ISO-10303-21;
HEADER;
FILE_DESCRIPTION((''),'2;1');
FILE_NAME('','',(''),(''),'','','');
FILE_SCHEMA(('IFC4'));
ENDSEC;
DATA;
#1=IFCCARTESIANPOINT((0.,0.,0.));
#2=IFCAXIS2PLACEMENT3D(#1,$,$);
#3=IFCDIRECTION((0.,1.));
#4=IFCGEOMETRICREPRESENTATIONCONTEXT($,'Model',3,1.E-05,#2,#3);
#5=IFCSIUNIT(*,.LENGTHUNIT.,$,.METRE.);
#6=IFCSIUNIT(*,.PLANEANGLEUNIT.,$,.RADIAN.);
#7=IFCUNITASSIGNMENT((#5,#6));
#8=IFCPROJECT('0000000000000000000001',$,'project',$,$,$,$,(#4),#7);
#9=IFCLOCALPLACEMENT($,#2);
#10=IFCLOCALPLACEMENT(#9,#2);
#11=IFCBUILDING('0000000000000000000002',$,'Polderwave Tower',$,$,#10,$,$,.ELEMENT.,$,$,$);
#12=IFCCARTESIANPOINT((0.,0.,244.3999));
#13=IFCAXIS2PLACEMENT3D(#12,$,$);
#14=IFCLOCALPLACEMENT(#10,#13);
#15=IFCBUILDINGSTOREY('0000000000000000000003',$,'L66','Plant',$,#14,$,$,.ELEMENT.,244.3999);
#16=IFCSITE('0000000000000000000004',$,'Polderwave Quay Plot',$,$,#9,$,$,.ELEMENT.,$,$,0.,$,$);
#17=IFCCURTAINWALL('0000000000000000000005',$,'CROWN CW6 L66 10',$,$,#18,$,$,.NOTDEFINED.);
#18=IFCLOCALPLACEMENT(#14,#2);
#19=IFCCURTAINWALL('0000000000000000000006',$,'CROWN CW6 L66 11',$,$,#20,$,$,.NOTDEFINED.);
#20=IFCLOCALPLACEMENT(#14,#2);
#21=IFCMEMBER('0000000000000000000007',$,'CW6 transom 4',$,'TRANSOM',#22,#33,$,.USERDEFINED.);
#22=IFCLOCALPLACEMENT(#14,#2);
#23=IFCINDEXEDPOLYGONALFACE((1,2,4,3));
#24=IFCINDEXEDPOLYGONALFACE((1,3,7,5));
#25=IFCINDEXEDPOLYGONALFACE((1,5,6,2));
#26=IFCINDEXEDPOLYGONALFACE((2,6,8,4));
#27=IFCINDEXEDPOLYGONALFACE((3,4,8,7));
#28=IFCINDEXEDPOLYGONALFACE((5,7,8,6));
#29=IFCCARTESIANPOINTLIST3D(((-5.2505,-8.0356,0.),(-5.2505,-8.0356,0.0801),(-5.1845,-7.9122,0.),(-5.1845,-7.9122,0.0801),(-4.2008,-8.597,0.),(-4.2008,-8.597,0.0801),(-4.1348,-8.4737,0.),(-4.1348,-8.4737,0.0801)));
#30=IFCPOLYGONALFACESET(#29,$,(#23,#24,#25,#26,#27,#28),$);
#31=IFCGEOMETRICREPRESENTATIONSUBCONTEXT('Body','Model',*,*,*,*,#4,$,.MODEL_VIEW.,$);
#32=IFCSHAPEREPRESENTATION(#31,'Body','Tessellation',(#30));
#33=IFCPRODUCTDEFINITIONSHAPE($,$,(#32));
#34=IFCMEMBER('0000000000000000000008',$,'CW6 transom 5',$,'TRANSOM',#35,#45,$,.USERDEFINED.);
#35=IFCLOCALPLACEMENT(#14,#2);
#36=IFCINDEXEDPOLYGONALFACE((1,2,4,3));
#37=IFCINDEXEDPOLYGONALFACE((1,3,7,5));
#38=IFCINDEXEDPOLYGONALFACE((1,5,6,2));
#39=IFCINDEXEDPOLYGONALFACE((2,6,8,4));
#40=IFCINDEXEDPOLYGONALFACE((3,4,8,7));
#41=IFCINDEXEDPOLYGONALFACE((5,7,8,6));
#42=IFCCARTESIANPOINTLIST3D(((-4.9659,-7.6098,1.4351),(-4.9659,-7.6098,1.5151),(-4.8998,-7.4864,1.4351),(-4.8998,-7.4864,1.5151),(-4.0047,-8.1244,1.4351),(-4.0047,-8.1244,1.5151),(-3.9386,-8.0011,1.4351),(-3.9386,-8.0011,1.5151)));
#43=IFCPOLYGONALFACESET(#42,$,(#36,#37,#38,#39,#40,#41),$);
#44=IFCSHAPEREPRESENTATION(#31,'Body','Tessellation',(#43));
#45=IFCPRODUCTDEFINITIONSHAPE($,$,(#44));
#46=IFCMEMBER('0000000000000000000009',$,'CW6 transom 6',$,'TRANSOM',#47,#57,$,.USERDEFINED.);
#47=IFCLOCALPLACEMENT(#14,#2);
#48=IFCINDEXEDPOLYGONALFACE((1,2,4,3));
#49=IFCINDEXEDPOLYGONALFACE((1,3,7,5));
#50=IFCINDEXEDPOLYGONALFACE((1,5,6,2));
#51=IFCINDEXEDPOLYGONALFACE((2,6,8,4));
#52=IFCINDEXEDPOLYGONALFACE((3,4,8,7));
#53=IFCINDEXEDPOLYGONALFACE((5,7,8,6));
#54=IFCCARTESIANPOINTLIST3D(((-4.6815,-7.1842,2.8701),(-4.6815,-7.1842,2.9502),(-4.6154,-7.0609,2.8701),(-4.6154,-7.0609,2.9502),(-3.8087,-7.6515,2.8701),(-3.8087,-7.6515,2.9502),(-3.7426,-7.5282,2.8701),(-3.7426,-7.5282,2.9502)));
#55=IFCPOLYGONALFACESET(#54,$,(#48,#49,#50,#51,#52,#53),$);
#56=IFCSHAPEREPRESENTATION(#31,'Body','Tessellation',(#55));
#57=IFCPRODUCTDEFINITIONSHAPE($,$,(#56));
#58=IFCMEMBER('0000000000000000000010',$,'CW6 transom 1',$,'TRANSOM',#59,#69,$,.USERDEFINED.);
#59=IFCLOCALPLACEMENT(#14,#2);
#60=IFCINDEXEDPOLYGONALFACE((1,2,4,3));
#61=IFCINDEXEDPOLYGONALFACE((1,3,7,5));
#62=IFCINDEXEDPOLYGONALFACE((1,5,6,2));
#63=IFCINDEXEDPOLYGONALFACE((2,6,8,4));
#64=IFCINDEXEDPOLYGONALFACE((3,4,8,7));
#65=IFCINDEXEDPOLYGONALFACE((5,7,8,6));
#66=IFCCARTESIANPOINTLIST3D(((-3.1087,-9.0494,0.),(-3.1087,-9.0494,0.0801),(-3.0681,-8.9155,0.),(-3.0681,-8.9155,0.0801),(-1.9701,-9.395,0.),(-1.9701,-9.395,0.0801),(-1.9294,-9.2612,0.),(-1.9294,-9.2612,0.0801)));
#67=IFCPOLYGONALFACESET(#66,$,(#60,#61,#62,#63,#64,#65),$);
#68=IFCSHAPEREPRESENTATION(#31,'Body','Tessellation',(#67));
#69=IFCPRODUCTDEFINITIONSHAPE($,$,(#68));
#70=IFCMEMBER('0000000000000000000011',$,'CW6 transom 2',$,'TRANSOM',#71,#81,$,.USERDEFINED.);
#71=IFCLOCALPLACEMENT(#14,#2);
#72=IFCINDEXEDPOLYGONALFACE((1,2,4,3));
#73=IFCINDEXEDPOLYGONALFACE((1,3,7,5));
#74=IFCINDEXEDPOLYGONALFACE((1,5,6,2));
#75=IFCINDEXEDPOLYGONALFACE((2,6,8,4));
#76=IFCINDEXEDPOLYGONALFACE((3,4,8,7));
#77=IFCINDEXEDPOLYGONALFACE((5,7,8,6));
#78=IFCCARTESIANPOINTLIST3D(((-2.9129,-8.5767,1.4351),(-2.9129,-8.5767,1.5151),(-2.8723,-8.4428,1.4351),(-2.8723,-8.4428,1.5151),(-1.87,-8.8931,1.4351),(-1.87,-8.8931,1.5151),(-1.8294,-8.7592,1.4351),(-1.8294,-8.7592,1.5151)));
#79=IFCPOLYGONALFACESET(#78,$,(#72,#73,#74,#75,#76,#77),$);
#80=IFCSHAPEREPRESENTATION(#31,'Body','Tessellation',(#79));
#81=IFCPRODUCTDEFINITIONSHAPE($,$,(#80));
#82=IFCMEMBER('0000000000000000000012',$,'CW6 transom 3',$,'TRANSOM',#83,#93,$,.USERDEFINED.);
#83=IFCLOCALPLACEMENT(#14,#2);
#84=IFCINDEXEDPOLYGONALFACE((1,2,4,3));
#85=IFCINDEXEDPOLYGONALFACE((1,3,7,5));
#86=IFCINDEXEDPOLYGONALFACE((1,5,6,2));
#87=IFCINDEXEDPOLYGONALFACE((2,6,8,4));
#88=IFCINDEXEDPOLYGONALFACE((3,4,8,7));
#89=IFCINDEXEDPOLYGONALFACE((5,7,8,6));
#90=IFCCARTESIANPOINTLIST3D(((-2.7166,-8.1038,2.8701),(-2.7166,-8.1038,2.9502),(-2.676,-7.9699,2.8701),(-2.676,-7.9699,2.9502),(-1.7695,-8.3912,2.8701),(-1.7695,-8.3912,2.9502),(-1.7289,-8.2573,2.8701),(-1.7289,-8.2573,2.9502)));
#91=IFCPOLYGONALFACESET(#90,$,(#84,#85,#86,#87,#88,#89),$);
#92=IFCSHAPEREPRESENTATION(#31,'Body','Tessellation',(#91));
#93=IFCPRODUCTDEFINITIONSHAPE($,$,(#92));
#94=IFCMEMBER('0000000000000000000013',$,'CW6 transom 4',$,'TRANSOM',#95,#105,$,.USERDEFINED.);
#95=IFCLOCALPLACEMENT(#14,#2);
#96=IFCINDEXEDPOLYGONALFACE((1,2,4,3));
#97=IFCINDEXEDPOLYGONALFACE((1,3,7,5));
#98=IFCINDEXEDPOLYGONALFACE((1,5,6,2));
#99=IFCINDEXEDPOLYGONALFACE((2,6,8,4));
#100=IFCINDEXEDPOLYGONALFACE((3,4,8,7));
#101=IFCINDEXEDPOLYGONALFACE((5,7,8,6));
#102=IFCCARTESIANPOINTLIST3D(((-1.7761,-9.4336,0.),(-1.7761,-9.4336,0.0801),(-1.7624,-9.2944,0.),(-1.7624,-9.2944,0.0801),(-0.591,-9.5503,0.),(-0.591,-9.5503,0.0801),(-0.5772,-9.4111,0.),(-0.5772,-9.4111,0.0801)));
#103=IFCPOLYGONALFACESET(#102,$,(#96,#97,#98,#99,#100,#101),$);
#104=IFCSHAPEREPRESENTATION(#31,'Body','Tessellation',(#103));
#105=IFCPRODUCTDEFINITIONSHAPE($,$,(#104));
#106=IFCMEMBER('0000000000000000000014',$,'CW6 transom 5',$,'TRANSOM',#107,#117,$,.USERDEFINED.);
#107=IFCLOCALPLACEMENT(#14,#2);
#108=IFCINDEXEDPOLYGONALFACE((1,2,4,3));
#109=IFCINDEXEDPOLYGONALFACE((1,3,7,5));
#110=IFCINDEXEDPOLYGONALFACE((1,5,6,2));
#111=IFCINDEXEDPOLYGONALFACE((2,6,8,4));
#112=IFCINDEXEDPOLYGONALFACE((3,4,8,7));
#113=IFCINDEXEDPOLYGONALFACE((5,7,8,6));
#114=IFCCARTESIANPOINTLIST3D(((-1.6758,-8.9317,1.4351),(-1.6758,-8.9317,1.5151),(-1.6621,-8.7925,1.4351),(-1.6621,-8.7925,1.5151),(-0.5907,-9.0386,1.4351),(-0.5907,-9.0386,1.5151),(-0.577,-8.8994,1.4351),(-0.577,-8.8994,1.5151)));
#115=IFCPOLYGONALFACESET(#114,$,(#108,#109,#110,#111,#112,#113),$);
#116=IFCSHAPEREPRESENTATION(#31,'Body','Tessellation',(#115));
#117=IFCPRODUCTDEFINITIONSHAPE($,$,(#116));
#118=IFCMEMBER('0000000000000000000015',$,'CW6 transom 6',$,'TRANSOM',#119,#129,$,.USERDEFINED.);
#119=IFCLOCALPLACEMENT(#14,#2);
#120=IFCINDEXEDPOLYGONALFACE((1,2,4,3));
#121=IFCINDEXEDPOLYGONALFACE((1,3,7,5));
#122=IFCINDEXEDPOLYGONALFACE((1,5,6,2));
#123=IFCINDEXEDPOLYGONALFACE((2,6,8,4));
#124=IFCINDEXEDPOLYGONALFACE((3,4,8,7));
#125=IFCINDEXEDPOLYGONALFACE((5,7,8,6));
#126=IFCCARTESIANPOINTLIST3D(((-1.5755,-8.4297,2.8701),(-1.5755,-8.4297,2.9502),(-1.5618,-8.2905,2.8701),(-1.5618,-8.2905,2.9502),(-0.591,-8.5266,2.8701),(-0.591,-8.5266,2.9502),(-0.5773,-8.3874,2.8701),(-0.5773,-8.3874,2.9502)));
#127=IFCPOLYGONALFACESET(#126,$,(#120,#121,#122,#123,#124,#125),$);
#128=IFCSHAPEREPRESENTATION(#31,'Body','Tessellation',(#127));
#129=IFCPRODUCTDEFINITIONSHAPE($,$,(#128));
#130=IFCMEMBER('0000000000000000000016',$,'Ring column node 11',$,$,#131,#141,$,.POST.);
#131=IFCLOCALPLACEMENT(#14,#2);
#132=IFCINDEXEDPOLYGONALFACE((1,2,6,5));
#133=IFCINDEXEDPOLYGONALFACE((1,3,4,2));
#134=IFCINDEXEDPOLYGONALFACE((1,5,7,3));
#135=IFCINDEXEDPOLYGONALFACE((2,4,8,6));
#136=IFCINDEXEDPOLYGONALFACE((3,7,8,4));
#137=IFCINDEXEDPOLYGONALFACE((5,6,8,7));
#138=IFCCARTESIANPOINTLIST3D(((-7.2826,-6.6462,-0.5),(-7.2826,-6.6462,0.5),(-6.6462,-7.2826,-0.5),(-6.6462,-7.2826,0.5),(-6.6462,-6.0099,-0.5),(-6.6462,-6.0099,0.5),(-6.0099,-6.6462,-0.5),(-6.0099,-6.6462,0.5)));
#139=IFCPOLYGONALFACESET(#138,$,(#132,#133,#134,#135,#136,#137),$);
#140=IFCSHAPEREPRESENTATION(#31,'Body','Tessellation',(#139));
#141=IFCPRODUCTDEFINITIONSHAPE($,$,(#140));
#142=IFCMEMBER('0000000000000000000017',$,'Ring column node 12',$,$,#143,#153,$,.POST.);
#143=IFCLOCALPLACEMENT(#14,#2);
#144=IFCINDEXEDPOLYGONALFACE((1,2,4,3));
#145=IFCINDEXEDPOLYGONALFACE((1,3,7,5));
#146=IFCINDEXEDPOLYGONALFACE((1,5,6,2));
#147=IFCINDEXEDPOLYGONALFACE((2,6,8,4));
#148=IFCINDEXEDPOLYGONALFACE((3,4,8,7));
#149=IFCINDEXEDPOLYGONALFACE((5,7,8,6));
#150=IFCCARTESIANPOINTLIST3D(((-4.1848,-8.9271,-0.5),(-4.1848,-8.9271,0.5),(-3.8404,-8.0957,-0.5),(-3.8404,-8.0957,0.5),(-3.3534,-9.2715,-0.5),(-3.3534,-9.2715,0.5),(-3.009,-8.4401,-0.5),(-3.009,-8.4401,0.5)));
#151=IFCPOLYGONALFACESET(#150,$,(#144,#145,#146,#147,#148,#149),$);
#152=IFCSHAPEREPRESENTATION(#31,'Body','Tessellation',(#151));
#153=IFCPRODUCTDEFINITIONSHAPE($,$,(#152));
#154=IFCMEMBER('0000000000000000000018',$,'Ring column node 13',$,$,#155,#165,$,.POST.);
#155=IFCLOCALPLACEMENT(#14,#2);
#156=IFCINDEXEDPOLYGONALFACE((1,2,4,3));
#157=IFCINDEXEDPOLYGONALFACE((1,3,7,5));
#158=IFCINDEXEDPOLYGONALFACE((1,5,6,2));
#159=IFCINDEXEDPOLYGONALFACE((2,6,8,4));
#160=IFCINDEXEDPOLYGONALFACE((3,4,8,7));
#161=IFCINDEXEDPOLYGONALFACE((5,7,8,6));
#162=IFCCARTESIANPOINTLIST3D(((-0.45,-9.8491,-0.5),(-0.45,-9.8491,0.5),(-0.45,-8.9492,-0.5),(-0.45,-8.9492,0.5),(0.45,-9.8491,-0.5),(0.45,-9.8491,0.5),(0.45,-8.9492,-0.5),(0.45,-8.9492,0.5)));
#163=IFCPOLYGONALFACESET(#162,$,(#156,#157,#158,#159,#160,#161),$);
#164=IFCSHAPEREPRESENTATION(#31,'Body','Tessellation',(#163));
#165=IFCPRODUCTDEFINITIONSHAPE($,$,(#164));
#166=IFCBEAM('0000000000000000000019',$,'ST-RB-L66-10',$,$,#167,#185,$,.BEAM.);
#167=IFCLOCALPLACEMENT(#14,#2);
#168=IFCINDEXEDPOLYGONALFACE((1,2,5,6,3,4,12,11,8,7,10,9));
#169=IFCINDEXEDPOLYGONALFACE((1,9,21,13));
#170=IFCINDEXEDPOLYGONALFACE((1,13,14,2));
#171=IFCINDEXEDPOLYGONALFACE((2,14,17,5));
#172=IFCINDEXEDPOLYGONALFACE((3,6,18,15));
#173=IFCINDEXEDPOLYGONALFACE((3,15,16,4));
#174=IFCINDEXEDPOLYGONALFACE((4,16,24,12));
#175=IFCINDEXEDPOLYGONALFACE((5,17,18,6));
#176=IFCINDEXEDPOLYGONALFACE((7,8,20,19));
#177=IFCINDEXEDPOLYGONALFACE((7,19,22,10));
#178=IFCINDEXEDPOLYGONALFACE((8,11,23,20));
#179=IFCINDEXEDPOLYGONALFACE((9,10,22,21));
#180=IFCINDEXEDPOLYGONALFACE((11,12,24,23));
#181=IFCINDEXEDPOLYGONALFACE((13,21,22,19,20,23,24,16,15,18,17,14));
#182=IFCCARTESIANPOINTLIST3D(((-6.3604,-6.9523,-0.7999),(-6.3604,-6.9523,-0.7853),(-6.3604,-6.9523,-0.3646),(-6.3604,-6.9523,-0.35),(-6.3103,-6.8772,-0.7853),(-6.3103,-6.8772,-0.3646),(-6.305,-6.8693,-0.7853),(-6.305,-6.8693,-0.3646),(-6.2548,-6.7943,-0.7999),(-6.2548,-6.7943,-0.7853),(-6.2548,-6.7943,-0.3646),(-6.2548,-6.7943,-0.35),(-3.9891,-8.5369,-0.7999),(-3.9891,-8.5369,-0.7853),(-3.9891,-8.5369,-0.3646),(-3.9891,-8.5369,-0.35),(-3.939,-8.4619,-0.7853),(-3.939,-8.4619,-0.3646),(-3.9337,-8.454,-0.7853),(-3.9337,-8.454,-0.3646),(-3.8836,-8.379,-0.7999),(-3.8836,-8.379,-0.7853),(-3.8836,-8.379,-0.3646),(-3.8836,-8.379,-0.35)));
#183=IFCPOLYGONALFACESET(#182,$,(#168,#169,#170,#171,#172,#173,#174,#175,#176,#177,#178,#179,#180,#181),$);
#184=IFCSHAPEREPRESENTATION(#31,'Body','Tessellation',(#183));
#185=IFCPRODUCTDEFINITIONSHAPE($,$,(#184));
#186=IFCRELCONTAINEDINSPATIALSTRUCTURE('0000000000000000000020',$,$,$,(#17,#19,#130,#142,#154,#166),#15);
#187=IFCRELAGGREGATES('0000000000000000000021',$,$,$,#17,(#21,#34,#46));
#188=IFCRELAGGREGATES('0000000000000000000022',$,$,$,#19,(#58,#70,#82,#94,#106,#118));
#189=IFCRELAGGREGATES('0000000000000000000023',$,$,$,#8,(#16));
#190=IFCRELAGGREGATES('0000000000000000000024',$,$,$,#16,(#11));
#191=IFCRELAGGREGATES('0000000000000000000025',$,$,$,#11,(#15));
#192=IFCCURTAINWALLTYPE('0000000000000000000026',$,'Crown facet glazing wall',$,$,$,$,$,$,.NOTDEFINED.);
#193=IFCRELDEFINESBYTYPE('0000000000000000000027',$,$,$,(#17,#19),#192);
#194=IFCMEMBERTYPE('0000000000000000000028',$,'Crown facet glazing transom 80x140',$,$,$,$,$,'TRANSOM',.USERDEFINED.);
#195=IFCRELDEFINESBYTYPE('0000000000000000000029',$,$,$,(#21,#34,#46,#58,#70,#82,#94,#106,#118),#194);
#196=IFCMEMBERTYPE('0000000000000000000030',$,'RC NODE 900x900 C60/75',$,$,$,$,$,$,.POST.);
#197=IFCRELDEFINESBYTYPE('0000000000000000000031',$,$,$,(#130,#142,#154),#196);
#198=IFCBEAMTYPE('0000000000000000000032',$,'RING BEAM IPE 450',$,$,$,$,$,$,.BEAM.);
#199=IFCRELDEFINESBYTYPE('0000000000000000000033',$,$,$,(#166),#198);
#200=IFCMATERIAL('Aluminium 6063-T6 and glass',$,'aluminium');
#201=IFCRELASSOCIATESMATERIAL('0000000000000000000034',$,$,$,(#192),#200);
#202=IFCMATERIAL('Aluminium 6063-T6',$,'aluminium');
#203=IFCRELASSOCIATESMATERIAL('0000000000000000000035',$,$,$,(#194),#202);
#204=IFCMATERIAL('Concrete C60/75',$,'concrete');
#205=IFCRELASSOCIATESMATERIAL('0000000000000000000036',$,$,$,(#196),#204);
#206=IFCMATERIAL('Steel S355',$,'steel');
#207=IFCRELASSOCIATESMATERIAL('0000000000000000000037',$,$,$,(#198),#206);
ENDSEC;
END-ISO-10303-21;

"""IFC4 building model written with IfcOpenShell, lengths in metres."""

from ifc_helpers import new_model, si_unit, direction, frame, origin, origin_2d, place, context, subcontext, project, spatial, rectangle, i_section, extrude, material, material_profile, profile_set, type_object, element, aggregate, save


model = new_model("IFC4")

# Units and contexts
model_context = context("Model", 3, precision=1e-05, world=origin(), true_north=direction((0.0, 1.0)))
body_context = subcontext(model_context, "Body", "Model", "MODEL_VIEW")
ifc_project = project(units=[si_unit("LENGTHUNIT", "METRE"), si_unit("PLANEANGLEUNIT", "RADIAN")], contexts=[model_context])

# Site, building, storey
site_placement = place(None, origin())
site = spatial("IfcSite", under=ifc_project, at=site_placement, Name="Polderwave Quay Plot", CompositionType="ELEMENT", RefElevation=0.0)
building_placement = place(site_placement, origin())
building = spatial("IfcBuilding", under=site, at=building_placement, Name="Polderwave Tower", CompositionType="ELEMENT")
storey_placement = place(building_placement, frame((0.0, 0.0, 244.3999)))
storey = spatial("IfcBuildingStorey", under=building, at=storey_placement, Name="L66", Description="Plant", CompositionType="ELEMENT", Elevation=244.3999)

# Shared definitions
ifc_material_1 = material(Name="Concrete C60/75", Category="concrete")

# Shared definitions
ifc_material_2 = material(Name="Aluminium 6063-T6 and glass", Category="aluminium")
curtain_wall_type = type_object("IfcCurtainWallType", Name="Crown facet glazing wall", PredefinedType="NOTDEFINED", material=ifc_material_2)
ifc_material_3 = material(Name="Aluminium 6063-T6", Category="aluminium")

# Curtain walls
curtain_wall_1_placement = place(storey_placement, origin())
curtain_wall_1 = element("IfcCurtainWall", 1, at=curtain_wall_1_placement, inside=storey, type_object=curtain_wall_type, Name="CROWN CW6 L66 10", PredefinedType="NOTDEFINED")
curtain_wall_2_placement = place(storey_placement, origin())
curtain_wall_2 = element("IfcCurtainWall", 2, at=curtain_wall_2_placement, inside=storey, type_object=curtain_wall_type, Name="CROWN CW6 L66 11", PredefinedType="NOTDEFINED")

# Members
ifc_material_profile_1 = material_profile(ifc_material_3, rectangle(XDim=0.1399, YDim=0.0801, at=origin_2d()), Name="AL 80x140")
ifc_profile_set_1 = profile_set([ifc_material_profile_1], Name="Aluminium 6063-T6")
member_type_1 = type_object("IfcMemberType", Name="Crown facet glazing transom 80x140", ElementType="TRANSOM", PredefinedType="USERDEFINED", material=ifc_profile_set_1)
member_1_placement = place(storey_placement, frame((-5.2175, -7.9739, 0.04), z_axis=(0.881785, -0.471652, 0.0), x_axis=(0.471652, 0.881785, 0.0)))
member_1 = element("IfcMember", 3, at=member_1_placement, type_object=member_type_1, Name="CW6 transom 4", ObjectType="TRANSOM", PredefinedType="USERDEFINED", context=body_context, shape_type="SweptSolid", body=[
    extrude(rectangle(XDim=0.1399, YDim=0.0801, at=origin_2d()), origin(), (0.0, 0.0, 1.0), 1.1904),
])
member_2_placement = place(storey_placement, frame((-4.9329, -7.5481, 1.4751), z_axis=(0.881583, -0.472029, 0.0), x_axis=(0.472029, 0.881583, 0.0)))
member_2 = element("IfcMember", 4, at=member_2_placement, type_object=member_type_1, Name="CW6 transom 5", ObjectType="TRANSOM", PredefinedType="USERDEFINED", context=body_context, shape_type="SweptSolid", body=[
    extrude(rectangle(XDim=0.1399, YDim=0.0801, at=origin_2d()), origin(), (0.0, 0.0, 1.0), 1.0903),
])
member_3_placement = place(storey_placement, frame((-4.6484, -7.1226, 2.9102), z_axis=(0.881601, -0.471996, 0.0), x_axis=(0.471996, 0.881601, 0.0)))
member_3 = element("IfcMember", 5, at=member_3_placement, type_object=member_type_1, Name="CW6 transom 6", ObjectType="TRANSOM", PredefinedType="USERDEFINED", context=body_context, shape_type="SweptSolid", body=[
    extrude(rectangle(XDim=0.1399, YDim=0.0801, at=origin_2d()), origin(), (0.0, 0.0, 1.0), 0.99),
])
member_4_placement = place(storey_placement, frame((-3.0884, -8.9824, 0.04), z_axis=(0.956872, -0.290508, 0.0), x_axis=(0.290508, 0.956872, 0.0)))
member_4 = element("IfcMember", 6, at=member_4_placement, type_object=member_type_1, Name="CW6 transom 1", ObjectType="TRANSOM", PredefinedType="USERDEFINED", context=body_context, shape_type="SweptSolid", body=[
    extrude(rectangle(XDim=0.1399, YDim=0.0801, at=origin_2d()), origin(), (0.0, 0.0, 1.0), 1.1899),
])
member_5_placement = place(storey_placement, frame((-2.8926, -8.5098, 1.4751), z_axis=(0.956934, -0.290306, 0.0), x_axis=(0.290306, 0.956934, 0.0)))
member_5 = element("IfcMember", 7, at=member_5_placement, type_object=member_type_1, Name="CW6 transom 2", ObjectType="TRANSOM", PredefinedType="USERDEFINED", context=body_context, shape_type="SweptSolid", body=[
    extrude(rectangle(XDim=0.1399, YDim=0.0801, at=origin_2d()), origin(), (0.0, 0.0, 1.0), 1.0898),
])
member_6_placement = place(storey_placement, frame((-2.6963, -8.0369, 2.9102), z_axis=(0.956919, -0.290357, 0.0), x_axis=(0.290357, 0.956919, 0.0)))
member_6 = element("IfcMember", 8, at=member_6_placement, type_object=member_type_1, Name="CW6 transom 3", ObjectType="TRANSOM", PredefinedType="USERDEFINED", context=body_context, shape_type="SweptSolid", body=[
    extrude(rectangle(XDim=0.1399, YDim=0.0801, at=origin_2d()), origin(), (0.0, 0.0, 1.0), 0.9897),
])
member_7_placement = place(storey_placement, frame((-1.7693, -9.364, 0.04), z_axis=(0.995188, -0.097981, 0.0), x_axis=(0.097981, 0.995188, 0.0)))
member_7 = element("IfcMember", 9, at=member_7_placement, type_object=member_type_1, Name="CW6 transom 4", ObjectType="TRANSOM", PredefinedType="USERDEFINED", context=body_context, shape_type="SweptSolid", body=[
    extrude(rectangle(XDim=0.1399, YDim=0.0801, at=origin_2d()), origin(), (0.0, 0.0, 1.0), 1.1909),
])
member_8_placement = place(storey_placement, frame((-1.6689, -8.8621, 1.4751), z_axis=(0.995178, -0.098085, 0.0), x_axis=(0.098085, 0.995178, 0.0)))
member_8 = element("IfcMember", 10, at=member_8_placement, type_object=member_type_1, Name="CW6 transom 5", ObjectType="TRANSOM", PredefinedType="USERDEFINED", context=body_context, shape_type="SweptSolid", body=[
    extrude(rectangle(XDim=0.1399, YDim=0.0801, at=origin_2d()), origin(), (0.0, 0.0, 1.0), 1.0903),
])
member_9_placement = place(storey_placement, frame((-1.5686, -8.3601, 2.9102), z_axis=(0.99519, -0.097964, 0.0), x_axis=(0.097964, 0.99519, 0.0)))
member_9 = element("IfcMember", 11, at=member_9_placement, type_object=member_type_1, Name="CW6 transom 6", ObjectType="TRANSOM", PredefinedType="USERDEFINED", context=body_context, shape_type="SweptSolid", body=[
    extrude(rectangle(XDim=0.1399, YDim=0.0801, at=origin_2d()), origin(), (0.0, 0.0, 1.0), 0.9893),
])

# Members
ifc_material_profile_2 = material_profile(ifc_material_1, rectangle(XDim=0.8999, YDim=0.8999, at=origin_2d()), Name="RC 900x900")
ifc_profile_set_2 = profile_set([ifc_material_profile_2], Name="Concrete C60/75")
member_type_2 = type_object("IfcMemberType", Name="RC NODE 900x900 C60/75", PredefinedType="POST", material=ifc_profile_set_2)
for number, where, z_axis, x_axis, name in (
    (12, (-6.6462, -6.6462, -0.5), (0.0, 0.0, 1.0), (-0.707107, -0.707107, 0.0), "Ring column node 11"),
    (13, (-3.5969, -8.6836, -0.5), (0.0, 0.0, 1.0), (-0.382683, -0.92388, 0.0), "Ring column node 12"),
    (14, (0.0, -9.3992, -0.5), (0.0, 0.0, 1.0), (0.0, -1.0, 0.0), "Ring column node 13"),
):
    element("IfcMember", number, at=place(storey_placement, frame(where, z_axis=z_axis, x_axis=x_axis)), inside=storey, type_object=member_type_2, Name=name, PredefinedType="POST", context=body_context, shape_type="SweptSolid", body=[
        extrude(rectangle(XDim=0.8999, YDim=0.8999, at=origin_2d()), origin(), (0.0, 0.0, 1.0), 1.0),
    ])

# Beam
ifc_material_4 = material(Name="Steel S355", Category="steel")
ifc_material_profile_3 = material_profile(ifc_material_4, i_section(OverallWidth=0.1899, OverallDepth=0.45, WebThickness=0.0095, FlangeThickness=0.0146, at=origin_2d()), Name="IPE 450")
ifc_profile_set_3 = profile_set([ifc_material_profile_3], Name="Steel S355")
beam_type = type_object("IfcBeamType", Name="RING BEAM IPE 450", PredefinedType="BEAM", material=ifc_profile_set_3)
beam_1_placement = place(storey_placement, frame((-6.3076, -6.8733, -0.575), z_axis=(0.831431, -0.555628, 0.0), x_axis=(0.555628, 0.831431, 0.0)))
element("IfcBeam", 15, at=beam_1_placement, inside=storey, type_object=beam_type, Name="ST-RB-L66-10", PredefinedType="BEAM", context=body_context, shape_type="SweptSolid", body=[
    extrude(i_section(OverallWidth=0.1899, OverallDepth=0.45, WebThickness=0.0095, FlangeThickness=0.0146, at=origin_2d()), origin(), (0.0, 0.0, 1.0), 2.8521),
])

aggregate(curtain_wall_1, [member_1, member_2, member_3])
aggregate(curtain_wall_2, [member_4, member_5, member_6, member_7, member_8, member_9])

save(model, "model.ifc")
